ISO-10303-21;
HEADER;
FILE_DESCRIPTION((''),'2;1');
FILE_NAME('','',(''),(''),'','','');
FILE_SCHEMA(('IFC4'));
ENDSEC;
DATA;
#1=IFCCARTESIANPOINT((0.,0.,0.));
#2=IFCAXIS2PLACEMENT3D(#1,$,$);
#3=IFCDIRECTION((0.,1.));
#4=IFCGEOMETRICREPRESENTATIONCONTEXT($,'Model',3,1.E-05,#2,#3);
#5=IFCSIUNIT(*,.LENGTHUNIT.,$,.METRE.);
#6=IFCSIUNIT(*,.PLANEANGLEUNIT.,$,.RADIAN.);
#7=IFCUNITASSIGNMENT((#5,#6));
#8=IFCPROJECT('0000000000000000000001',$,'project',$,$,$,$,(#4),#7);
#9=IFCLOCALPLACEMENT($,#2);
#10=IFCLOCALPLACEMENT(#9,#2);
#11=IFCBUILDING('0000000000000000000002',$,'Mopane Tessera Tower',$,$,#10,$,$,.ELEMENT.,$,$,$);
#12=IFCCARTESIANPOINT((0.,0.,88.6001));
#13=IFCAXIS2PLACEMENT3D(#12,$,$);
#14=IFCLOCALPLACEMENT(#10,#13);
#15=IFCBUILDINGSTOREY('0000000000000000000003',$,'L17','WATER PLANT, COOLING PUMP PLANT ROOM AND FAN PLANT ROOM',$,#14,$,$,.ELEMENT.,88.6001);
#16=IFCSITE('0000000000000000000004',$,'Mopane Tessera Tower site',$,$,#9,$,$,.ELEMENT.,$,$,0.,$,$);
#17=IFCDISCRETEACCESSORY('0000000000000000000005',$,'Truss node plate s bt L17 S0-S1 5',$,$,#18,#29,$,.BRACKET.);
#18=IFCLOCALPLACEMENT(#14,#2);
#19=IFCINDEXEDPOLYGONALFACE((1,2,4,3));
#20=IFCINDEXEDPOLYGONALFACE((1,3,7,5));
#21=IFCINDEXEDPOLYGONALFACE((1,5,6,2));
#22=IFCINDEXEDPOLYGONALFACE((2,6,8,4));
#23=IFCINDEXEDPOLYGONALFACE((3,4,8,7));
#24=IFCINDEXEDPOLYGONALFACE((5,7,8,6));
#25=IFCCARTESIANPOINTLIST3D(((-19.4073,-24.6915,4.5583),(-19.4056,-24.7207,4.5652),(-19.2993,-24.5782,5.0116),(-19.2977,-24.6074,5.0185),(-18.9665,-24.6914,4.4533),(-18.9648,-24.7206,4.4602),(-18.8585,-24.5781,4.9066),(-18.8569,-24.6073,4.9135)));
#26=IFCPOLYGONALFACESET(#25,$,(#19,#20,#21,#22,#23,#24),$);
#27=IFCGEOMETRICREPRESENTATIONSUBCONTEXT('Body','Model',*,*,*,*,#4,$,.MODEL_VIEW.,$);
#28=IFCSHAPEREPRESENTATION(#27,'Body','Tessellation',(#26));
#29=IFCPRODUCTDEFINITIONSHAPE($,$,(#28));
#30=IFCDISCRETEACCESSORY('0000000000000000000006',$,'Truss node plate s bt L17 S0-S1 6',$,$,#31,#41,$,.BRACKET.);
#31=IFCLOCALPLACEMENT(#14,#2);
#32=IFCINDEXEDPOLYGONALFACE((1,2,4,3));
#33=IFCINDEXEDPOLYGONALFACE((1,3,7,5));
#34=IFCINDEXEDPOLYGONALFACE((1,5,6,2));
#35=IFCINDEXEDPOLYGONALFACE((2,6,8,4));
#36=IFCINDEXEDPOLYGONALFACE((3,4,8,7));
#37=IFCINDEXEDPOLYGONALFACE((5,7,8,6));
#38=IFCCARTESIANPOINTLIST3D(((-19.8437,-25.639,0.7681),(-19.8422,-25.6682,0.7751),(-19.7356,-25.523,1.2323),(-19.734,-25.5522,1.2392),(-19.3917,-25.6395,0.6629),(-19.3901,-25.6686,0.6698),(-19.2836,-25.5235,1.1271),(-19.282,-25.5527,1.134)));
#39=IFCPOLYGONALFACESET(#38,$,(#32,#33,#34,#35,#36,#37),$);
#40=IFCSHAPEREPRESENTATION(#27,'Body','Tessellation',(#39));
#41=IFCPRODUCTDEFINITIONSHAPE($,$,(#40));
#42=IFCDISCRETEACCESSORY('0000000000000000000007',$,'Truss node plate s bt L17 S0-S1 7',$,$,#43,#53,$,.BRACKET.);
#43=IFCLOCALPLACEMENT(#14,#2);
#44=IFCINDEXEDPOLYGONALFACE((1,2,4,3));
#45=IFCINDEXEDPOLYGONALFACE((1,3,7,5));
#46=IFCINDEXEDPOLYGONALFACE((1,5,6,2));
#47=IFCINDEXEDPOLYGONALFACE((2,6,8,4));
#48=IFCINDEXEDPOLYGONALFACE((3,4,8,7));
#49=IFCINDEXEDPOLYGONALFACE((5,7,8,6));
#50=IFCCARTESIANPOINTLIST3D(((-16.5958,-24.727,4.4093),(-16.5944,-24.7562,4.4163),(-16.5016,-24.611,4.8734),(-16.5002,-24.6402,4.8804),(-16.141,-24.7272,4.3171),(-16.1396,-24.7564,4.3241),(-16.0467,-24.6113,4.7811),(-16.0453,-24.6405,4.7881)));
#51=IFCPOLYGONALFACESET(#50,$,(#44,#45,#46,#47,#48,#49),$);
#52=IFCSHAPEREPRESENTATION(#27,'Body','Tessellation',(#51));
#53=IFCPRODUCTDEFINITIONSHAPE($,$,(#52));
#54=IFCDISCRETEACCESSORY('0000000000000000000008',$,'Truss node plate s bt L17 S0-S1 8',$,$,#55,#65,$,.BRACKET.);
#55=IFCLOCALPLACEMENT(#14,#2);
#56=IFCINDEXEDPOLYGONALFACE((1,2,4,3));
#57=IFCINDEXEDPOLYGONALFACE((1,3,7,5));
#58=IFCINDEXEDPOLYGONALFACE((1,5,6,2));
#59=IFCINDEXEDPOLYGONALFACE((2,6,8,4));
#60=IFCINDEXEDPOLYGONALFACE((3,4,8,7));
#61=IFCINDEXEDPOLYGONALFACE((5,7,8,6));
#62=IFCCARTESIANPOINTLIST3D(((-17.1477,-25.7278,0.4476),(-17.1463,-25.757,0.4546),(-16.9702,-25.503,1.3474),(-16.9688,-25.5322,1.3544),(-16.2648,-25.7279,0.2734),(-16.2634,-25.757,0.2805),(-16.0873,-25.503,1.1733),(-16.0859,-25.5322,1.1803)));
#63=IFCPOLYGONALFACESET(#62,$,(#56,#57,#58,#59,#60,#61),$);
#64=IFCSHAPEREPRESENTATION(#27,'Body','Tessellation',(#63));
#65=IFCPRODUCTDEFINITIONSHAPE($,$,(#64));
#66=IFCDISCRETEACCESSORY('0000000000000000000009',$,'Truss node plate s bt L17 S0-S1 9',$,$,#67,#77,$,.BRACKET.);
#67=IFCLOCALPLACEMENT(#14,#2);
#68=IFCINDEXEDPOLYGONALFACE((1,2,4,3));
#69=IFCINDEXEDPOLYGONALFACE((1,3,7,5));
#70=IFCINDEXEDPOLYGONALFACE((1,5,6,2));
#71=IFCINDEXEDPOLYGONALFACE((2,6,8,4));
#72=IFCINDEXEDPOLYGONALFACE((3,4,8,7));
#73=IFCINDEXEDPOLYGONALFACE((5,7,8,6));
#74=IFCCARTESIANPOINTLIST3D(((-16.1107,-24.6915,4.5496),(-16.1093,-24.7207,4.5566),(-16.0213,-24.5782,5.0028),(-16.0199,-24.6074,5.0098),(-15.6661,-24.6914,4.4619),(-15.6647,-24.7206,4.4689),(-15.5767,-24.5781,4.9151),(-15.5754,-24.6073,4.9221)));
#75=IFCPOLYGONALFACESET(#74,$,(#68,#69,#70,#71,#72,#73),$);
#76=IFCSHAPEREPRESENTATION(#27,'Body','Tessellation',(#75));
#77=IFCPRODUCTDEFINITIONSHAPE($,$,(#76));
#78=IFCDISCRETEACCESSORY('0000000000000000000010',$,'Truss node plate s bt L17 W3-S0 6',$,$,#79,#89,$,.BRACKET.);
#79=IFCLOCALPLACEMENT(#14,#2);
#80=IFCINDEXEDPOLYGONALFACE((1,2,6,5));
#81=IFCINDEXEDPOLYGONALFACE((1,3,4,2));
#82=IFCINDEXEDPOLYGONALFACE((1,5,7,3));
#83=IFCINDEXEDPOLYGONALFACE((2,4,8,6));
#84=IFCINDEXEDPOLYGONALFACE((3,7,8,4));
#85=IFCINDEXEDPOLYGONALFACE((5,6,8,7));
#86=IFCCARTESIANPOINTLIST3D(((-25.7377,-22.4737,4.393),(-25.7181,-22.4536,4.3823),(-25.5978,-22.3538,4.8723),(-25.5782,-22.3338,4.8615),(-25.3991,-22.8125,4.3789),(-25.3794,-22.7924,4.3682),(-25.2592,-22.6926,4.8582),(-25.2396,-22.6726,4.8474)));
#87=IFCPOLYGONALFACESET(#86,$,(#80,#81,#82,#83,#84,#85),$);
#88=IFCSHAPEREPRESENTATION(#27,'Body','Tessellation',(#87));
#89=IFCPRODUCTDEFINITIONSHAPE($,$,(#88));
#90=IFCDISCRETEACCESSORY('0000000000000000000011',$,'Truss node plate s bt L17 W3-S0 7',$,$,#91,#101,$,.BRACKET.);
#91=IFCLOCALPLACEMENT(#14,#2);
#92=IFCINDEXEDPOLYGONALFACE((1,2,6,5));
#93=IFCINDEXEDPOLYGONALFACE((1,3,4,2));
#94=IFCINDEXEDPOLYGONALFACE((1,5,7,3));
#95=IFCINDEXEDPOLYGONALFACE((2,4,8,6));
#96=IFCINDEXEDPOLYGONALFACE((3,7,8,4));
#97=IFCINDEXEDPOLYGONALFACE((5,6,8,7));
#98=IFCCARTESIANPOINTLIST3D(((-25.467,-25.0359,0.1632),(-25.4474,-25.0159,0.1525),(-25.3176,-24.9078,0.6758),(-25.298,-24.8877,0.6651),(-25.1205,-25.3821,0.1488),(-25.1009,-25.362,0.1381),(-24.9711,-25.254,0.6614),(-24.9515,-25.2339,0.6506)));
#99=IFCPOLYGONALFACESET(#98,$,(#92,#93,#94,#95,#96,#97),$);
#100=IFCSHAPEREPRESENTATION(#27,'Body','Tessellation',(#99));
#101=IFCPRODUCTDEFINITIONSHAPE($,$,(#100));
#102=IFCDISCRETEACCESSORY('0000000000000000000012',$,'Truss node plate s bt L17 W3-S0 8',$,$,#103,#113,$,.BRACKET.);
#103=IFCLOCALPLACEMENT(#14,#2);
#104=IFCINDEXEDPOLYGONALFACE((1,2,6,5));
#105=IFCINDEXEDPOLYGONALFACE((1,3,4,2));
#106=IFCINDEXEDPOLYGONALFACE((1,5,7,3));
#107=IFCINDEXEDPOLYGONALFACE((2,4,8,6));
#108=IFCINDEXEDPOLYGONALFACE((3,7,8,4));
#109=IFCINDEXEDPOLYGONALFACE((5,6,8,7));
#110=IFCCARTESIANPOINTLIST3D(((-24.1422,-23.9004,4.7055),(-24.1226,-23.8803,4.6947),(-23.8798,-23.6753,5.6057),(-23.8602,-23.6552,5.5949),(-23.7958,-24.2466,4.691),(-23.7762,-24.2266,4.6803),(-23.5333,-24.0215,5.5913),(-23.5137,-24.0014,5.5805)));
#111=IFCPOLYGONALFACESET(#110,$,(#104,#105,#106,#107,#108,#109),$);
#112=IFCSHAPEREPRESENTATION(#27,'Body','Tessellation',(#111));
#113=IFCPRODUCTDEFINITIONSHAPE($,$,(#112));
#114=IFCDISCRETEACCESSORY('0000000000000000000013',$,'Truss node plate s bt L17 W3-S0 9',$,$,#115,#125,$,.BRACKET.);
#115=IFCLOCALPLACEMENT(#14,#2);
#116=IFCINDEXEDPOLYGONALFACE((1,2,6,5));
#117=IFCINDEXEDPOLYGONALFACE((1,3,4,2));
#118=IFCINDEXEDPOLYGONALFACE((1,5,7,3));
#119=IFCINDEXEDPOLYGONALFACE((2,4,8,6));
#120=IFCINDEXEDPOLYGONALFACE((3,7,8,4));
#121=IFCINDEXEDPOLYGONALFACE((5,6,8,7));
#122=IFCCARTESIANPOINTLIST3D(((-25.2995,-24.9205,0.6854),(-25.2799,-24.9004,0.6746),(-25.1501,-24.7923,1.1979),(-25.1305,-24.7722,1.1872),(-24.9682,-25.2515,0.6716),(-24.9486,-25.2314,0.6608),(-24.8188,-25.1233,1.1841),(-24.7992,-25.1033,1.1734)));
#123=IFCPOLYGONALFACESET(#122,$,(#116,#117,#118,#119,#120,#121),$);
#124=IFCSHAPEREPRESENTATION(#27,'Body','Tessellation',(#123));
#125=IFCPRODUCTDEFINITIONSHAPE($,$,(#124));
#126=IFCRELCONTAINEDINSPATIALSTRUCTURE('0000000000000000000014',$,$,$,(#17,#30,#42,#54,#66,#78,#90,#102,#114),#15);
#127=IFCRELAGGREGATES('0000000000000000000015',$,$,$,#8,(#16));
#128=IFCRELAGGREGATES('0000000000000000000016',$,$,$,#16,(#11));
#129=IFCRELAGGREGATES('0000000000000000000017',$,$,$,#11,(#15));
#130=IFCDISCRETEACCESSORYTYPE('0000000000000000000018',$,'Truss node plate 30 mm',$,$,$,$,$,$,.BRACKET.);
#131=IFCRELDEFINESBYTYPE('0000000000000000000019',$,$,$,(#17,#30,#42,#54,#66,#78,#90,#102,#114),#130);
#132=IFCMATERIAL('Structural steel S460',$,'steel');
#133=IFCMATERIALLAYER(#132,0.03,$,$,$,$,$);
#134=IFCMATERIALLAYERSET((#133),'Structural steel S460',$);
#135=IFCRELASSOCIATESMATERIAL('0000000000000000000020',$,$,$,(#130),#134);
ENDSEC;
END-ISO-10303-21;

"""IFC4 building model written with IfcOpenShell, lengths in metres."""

from ifc_helpers import new_model, si_unit, direction, frame, origin, origin_2d, place, context, subcontext, project, spatial, rectangle, extrude, material, layer, layer_set, type_object, element, save


model = new_model("IFC4")

# Units and contexts
model_context = context("Model", 3, precision=1e-05, world=origin(), true_north=direction((0.0, 1.0)))
body_context = subcontext(model_context, "Body", "Model", "MODEL_VIEW")
ifc_project = project(units=[si_unit("LENGTHUNIT", "METRE"), si_unit("PLANEANGLEUNIT", "RADIAN")], contexts=[model_context])

# Site, building, storey
site_placement = place(None, origin())
site = spatial("IfcSite", under=ifc_project, at=site_placement, Name="Mopane Tessera Tower site", CompositionType="ELEMENT", RefElevation=0.0)
building_placement = place(site_placement, origin())
building = spatial("IfcBuilding", under=site, at=building_placement, Name="Mopane Tessera Tower", CompositionType="ELEMENT")
storey_placement = place(building_placement, frame((0.0, 0.0, 88.6001)))
storey = spatial("IfcBuildingStorey", under=building, at=storey_placement, Name="L17", Description="WATER PLANT, COOLING PUMP PLANT ROOM AND FAN PLANT ROOM", CompositionType="ELEMENT", Elevation=88.6001)

# Discrete accessories
ifc_material_1 = material(Name="Structural steel S460", Category="steel")
ifc_layer_1 = layer(ifc_material_1, 0.03)
ifc_layer_set_1 = layer_set([ifc_layer_1], Name="Structural steel S460")
discrete_accessory_type_1 = type_object("IfcDiscreteAccessoryType", Name="Truss node plate 30 mm", PredefinedType="BRACKET", material=ifc_layer_set_1)
discrete_accessory_1_placement = place(storey_placement, frame((-19.186, -24.7061, 4.5093), z_axis=(0.225106, 0.236311, 0.945243), x_axis=(-0.055031, 0.971677, -0.229814)))
element("IfcDiscreteAccessory", 1, at=discrete_accessory_1_placement, inside=storey, type_object=discrete_accessory_type_1, Name="Truss node plate s bt L17 S0-S1 5", PredefinedType="BRACKET", context=body_context, shape_type="SweptSolid", body=[
    extrude(rectangle(XDim=0.03, YDim=0.4531, at=origin_2d()), origin(), (0.0, 0.0, 1.0), 0.4795),
])
discrete_accessory_2_placement = place(storey_placement, frame((-19.6169, -25.6538, 0.719), z_axis=(0.220519, 0.236448, 0.94629), x_axis=(-0.052635, 0.971644, -0.230517)))
element("IfcDiscreteAccessory", 2, at=discrete_accessory_2_placement, inside=storey, type_object=discrete_accessory_type_1, Name="Truss node plate s bt L17 S0-S1 6", PredefinedType="BRACKET", context=body_context, shape_type="SweptSolid", body=[
    extrude(rectangle(XDim=0.03, YDim=0.4641, at=origin_2d()), origin(), (0.0, 0.0, 1.0), 0.4905),
])
discrete_accessory_3_placement = place(storey_placement, frame((-16.3677, -24.7417, 4.3667), z_axis=(0.19328, 0.237844, 0.951879), x_axis=(-0.046762, 0.971303, -0.233203)))
element("IfcDiscreteAccessory", 3, at=discrete_accessory_3_placement, inside=storey, type_object=discrete_accessory_type_1, Name="Truss node plate s bt L17 S0-S1 7", PredefinedType="BRACKET", context=body_context, shape_type="SweptSolid", body=[
    extrude(rectangle(XDim=0.03, YDim=0.4641, at=origin_2d()), origin(), (0.0, 0.0, 1.0), 0.4875),
])
discrete_accessory_4_placement = place(storey_placement, frame((-16.7056, -25.7424, 0.364), z_axis=(0.18794, 0.238092, 0.952885), x_axis=(-0.046035, 0.971243, -0.233599)))
element("IfcDiscreteAccessory", 4, at=discrete_accessory_4_placement, inside=storey, type_object=discrete_accessory_type_1, Name="Truss node plate s bt L17 S0-S1 8", PredefinedType="BRACKET", context=body_context, shape_type="SweptSolid", body=[
    extrude(rectangle(XDim=0.03, YDim=0.8999, at=origin_2d()), origin(), (0.0, 0.0, 1.0), 0.9443),
])
discrete_accessory_5_placement = place(storey_placement, frame((-15.8877, -24.7061, 4.5093), z_axis=(0.187903, 0.238215, 0.952862), x_axis=(-0.046385, 0.971212, -0.233656)))
element("IfcDiscreteAccessory", 5, at=discrete_accessory_5_placement, inside=storey, type_object=discrete_accessory_type_1, Name="Truss node plate s bt L17 S0-S1 9", PredefinedType="BRACKET", context=body_context, shape_type="SweptSolid", body=[
    extrude(rectangle(XDim=0.03, YDim=0.4531, at=origin_2d()), origin(), (0.0, 0.0, 1.0), 0.4756),
])
discrete_accessory_6_placement = place(storey_placement, frame((-25.5586, -22.6331, 4.3806), z_axis=(0.272463, 0.233471, 0.93341), x_axis=(0.652954, 0.667664, -0.357598)))
element("IfcDiscreteAccessory", 6, at=discrete_accessory_6_placement, inside=storey, type_object=discrete_accessory_type_1, Name="Truss node plate s bt L17 W3-S0 6", PredefinedType="BRACKET", context=body_context, shape_type="SweptSolid", body=[
    extrude(rectangle(XDim=0.03, YDim=0.4792, at=origin_2d()), origin(), (0.0, 0.0, 1.0), 0.5134),
])
discrete_accessory_7_placement = place(storey_placement, frame((-25.2839, -25.199, 0.1506), z_axis=(0.272063, 0.233387, 0.933548), x_axis=(0.652692, 0.66811, -0.357241)))
element("IfcDiscreteAccessory", 7, at=discrete_accessory_7_placement, inside=storey, type_object=discrete_accessory_type_1, Name="Truss node plate s bt L17 W3-S0 7", PredefinedType="BRACKET", context=body_context, shape_type="SweptSolid", body=[
    extrude(rectangle(XDim=0.03, YDim=0.49, at=origin_2d()), origin(), (0.0, 0.0, 1.0), 0.5491),
])
discrete_accessory_8_placement = place(storey_placement, frame((-23.9592, -24.0635, 4.6929), z_axis=(0.272177, 0.233439, 0.933502), x_axis=(0.652722, 0.668017, -0.357361)))
element("IfcDiscreteAccessory", 8, at=discrete_accessory_8_placement, inside=storey, type_object=discrete_accessory_type_1, Name="Truss node plate s bt L17 W3-S0 8", PredefinedType="BRACKET", context=body_context, shape_type="SweptSolid", body=[
    extrude(rectangle(XDim=0.03, YDim=0.49, at=origin_2d()), origin(), (0.0, 0.0, 1.0), 0.9644),
])
discrete_accessory_9_placement = place(storey_placement, frame((-25.124, -25.0759, 0.6731), z_axis=(0.272063, 0.233387, 0.933548), x_axis=(0.652692, 0.66811, -0.357241)))
element("IfcDiscreteAccessory", 9, at=discrete_accessory_9_placement, inside=storey, type_object=discrete_accessory_type_1, Name="Truss node plate s bt L17 W3-S0 9", PredefinedType="BRACKET", context=body_context, shape_type="SweptSolid", body=[
    extrude(rectangle(XDim=0.03, YDim=0.4685, at=origin_2d()), origin(), (0.0, 0.0, 1.0), 0.5491),
])

save(model, "model.ifc")
